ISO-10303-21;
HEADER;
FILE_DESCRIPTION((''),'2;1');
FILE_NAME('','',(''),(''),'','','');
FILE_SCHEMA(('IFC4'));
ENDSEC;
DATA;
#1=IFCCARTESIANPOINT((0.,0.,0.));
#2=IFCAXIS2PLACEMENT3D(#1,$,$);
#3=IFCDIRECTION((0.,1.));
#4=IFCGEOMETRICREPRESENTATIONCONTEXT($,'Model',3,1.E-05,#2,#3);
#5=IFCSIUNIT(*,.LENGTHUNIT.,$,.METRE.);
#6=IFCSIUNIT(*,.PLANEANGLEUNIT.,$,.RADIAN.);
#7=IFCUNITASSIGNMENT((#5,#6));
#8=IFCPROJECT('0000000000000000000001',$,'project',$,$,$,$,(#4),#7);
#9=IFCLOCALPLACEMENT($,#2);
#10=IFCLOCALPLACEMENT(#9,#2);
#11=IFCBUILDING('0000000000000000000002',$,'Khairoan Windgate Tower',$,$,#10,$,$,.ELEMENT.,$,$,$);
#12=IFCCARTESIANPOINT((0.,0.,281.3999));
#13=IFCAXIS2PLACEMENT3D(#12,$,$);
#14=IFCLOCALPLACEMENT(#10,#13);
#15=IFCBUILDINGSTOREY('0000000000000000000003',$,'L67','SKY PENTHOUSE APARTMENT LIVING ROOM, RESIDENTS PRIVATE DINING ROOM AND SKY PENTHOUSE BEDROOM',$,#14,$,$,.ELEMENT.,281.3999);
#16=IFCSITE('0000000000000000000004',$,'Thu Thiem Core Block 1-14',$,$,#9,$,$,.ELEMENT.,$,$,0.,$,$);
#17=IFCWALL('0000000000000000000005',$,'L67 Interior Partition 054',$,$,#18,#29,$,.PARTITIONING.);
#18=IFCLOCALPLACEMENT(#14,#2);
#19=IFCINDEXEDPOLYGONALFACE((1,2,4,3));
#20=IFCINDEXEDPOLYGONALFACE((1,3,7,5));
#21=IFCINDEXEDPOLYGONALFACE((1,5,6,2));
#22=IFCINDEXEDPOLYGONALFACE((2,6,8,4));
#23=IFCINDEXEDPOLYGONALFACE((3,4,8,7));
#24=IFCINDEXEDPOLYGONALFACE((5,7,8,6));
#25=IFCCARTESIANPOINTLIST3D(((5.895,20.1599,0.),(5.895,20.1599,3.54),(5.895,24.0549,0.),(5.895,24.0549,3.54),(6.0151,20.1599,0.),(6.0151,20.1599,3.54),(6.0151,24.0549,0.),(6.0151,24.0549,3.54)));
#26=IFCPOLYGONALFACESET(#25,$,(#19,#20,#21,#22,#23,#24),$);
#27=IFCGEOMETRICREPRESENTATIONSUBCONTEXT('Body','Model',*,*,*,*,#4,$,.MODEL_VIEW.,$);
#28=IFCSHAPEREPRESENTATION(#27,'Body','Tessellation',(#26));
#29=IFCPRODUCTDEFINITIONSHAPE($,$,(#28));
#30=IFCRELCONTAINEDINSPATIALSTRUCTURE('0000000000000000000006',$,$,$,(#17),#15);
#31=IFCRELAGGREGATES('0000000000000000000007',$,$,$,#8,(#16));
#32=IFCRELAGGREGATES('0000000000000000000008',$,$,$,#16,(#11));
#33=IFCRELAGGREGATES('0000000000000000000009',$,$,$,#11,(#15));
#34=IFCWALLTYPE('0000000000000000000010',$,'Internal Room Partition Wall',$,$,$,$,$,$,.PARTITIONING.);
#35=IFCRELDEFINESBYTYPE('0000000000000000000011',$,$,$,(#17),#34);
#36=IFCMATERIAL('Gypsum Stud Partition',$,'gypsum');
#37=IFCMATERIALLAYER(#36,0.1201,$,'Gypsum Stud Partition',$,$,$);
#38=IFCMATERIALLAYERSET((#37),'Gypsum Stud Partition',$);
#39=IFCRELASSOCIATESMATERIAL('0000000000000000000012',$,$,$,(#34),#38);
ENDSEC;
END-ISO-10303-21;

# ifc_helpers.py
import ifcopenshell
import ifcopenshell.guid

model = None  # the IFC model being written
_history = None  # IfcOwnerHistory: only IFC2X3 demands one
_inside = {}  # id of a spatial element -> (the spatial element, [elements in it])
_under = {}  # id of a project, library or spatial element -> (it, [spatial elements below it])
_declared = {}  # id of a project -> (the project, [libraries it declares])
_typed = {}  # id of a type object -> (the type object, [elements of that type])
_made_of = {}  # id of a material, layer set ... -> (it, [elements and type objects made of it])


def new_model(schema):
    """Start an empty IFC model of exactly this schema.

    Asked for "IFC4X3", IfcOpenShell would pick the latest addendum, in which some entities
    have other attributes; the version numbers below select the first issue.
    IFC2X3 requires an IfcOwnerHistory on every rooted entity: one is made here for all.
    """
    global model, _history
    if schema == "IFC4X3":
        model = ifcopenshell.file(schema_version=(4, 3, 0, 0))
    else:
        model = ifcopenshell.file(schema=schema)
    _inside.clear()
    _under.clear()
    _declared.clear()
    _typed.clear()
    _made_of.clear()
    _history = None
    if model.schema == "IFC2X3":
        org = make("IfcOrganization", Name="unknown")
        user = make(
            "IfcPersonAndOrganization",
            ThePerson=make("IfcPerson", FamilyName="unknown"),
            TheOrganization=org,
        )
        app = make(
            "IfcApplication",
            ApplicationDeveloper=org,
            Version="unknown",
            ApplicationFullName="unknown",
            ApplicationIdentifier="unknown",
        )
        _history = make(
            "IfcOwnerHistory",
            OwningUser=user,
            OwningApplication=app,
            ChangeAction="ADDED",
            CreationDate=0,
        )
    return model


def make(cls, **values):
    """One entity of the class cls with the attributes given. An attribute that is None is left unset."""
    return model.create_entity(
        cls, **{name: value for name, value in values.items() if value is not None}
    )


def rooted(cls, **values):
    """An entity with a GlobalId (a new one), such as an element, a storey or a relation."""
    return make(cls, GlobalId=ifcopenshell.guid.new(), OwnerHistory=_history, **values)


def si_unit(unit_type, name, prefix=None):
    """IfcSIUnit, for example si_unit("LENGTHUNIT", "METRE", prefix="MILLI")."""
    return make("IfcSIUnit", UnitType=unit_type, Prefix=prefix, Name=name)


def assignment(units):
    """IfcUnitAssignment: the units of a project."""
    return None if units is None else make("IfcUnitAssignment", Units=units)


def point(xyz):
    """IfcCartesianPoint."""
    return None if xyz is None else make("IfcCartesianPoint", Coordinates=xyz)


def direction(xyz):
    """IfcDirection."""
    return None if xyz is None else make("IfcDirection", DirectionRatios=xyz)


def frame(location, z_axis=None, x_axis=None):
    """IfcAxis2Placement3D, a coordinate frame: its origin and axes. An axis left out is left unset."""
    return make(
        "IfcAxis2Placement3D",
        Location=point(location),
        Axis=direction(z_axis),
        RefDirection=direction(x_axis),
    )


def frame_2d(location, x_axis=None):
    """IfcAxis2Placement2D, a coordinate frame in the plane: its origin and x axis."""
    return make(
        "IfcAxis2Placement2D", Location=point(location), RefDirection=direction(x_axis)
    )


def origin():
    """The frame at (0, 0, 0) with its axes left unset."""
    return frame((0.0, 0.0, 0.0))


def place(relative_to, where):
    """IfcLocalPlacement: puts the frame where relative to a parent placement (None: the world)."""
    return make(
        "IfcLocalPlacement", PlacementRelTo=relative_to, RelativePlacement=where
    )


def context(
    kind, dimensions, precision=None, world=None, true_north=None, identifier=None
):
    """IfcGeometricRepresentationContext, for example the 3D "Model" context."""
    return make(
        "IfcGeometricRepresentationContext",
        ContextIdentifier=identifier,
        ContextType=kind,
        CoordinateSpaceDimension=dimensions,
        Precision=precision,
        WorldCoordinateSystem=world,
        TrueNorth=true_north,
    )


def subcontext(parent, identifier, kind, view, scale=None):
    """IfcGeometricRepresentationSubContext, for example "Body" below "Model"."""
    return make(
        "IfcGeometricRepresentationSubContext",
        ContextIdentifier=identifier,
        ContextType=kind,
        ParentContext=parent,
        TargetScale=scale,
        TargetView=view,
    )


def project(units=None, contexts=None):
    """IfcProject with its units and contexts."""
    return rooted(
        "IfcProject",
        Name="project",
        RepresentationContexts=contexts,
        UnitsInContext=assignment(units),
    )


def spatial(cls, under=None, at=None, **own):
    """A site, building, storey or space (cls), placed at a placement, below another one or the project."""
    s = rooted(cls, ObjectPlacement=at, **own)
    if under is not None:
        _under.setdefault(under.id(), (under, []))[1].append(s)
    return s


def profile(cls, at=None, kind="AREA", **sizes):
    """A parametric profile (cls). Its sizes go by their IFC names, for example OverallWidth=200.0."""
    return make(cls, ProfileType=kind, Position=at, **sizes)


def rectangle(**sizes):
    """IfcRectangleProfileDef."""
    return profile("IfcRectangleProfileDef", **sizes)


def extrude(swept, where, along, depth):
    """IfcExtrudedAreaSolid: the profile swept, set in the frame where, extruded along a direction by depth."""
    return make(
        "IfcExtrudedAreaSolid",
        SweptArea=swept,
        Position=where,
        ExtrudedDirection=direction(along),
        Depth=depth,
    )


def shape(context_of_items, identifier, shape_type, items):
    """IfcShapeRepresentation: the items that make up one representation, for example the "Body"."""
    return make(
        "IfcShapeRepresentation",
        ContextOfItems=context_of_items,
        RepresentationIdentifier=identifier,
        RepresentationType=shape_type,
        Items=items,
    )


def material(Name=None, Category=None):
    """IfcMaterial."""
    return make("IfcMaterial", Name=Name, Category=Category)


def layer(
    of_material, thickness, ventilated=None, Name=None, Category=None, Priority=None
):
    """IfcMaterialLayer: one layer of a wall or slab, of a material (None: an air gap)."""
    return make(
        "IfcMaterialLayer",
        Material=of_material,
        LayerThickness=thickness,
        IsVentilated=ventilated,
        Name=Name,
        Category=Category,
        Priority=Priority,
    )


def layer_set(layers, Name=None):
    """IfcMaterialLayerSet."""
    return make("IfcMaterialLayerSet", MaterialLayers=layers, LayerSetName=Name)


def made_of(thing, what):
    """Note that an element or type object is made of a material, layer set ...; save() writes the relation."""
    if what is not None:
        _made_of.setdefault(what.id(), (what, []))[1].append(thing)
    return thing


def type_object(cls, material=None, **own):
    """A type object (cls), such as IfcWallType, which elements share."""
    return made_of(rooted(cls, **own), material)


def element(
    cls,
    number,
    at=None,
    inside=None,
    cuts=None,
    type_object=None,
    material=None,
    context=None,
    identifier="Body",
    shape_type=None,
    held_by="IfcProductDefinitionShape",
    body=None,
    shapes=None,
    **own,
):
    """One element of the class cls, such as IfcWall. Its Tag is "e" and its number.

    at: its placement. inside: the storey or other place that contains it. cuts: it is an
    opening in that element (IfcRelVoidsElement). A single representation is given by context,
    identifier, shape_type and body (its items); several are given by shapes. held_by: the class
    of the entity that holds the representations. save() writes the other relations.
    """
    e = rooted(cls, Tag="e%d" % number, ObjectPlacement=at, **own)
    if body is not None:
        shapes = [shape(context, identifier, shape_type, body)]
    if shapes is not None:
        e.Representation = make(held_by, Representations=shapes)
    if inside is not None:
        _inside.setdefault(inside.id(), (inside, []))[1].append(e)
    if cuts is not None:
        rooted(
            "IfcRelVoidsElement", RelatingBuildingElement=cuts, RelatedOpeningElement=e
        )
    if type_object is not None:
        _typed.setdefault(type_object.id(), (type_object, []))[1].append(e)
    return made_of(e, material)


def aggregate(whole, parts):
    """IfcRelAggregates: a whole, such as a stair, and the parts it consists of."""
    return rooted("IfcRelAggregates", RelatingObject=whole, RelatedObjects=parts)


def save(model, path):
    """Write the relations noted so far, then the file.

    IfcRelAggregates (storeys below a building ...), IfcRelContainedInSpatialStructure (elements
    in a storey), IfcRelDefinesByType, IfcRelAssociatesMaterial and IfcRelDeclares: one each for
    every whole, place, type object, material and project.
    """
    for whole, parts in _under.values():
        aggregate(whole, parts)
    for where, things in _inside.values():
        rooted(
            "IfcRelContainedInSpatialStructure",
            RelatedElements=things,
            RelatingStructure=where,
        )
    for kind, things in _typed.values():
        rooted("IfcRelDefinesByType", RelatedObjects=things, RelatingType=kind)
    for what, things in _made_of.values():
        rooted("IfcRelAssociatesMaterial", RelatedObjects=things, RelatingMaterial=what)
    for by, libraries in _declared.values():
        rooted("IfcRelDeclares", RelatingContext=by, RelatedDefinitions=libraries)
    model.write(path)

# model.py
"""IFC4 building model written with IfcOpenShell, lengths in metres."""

from ifc_helpers import new_model, si_unit, direction, frame, frame_2d, origin, place, context, subcontext, project, spatial, rectangle, extrude, material, layer, layer_set, type_object, element, save


model = new_model("IFC4")

# Units and contexts
model_context = context("Model", 3, precision=1e-05, world=origin(), true_north=direction((0.0, 1.0)))
body_context = subcontext(model_context, "Body", "Model", "MODEL_VIEW")
ifc_project = project(units=[si_unit("LENGTHUNIT", "METRE"), si_unit("PLANEANGLEUNIT", "RADIAN")], contexts=[model_context])

# Site, building, storey
site_placement = place(None, origin())
site = spatial("IfcSite", under=ifc_project, at=site_placement, Name="Thu Thiem Core Block 1-14", CompositionType="ELEMENT", RefElevation=0.0)
building_placement = place(site_placement, origin())
building = spatial("IfcBuilding", under=site, at=building_placement, Name="Khairoan Windgate Tower", CompositionType="ELEMENT")
storey_placement = place(building_placement, frame((0.0, 0.0, 281.3999)))
storey = spatial("IfcBuildingStorey", under=building, at=storey_placement, Name="L67", Description="SKY PENTHOUSE APARTMENT LIVING ROOM, RESIDENTS PRIVATE DINING ROOM AND SKY PENTHOUSE BEDROOM", CompositionType="ELEMENT", Elevation=281.3999)

# Shared definitions
ifc_material_1 = material(Name="Gypsum Stud Partition", Category="gypsum")
ifc_layer_1 = layer(ifc_material_1, 0.1201, Name="Gypsum Stud Partition")
ifc_layer_set_1 = layer_set([ifc_layer_1], Name="Gypsum Stud Partition")
wall_type = type_object("IfcWallType", Name="Internal Room Partition Wall", PredefinedType="PARTITIONING", material=ifc_layer_set_1)

# Wall
wall_1_placement = place(storey_placement, frame((5.9551, 20.1599, 0.0), z_axis=(0.0, 0.0, 1.0), x_axis=(0.0, 1.0, 0.0)))
element("IfcWall", 1, at=wall_1_placement, inside=storey, type_object=wall_type, Name="L67 Interior Partition 054", PredefinedType="PARTITIONING", context=body_context, shape_type="SweptSolid", body=[
    extrude(rectangle(XDim=3.895, YDim=0.1201, at=frame_2d((1.9475, 0.0))), origin(), (0.0, 0.0, 1.0), 3.54),
])

save(model, "model.ifc")
